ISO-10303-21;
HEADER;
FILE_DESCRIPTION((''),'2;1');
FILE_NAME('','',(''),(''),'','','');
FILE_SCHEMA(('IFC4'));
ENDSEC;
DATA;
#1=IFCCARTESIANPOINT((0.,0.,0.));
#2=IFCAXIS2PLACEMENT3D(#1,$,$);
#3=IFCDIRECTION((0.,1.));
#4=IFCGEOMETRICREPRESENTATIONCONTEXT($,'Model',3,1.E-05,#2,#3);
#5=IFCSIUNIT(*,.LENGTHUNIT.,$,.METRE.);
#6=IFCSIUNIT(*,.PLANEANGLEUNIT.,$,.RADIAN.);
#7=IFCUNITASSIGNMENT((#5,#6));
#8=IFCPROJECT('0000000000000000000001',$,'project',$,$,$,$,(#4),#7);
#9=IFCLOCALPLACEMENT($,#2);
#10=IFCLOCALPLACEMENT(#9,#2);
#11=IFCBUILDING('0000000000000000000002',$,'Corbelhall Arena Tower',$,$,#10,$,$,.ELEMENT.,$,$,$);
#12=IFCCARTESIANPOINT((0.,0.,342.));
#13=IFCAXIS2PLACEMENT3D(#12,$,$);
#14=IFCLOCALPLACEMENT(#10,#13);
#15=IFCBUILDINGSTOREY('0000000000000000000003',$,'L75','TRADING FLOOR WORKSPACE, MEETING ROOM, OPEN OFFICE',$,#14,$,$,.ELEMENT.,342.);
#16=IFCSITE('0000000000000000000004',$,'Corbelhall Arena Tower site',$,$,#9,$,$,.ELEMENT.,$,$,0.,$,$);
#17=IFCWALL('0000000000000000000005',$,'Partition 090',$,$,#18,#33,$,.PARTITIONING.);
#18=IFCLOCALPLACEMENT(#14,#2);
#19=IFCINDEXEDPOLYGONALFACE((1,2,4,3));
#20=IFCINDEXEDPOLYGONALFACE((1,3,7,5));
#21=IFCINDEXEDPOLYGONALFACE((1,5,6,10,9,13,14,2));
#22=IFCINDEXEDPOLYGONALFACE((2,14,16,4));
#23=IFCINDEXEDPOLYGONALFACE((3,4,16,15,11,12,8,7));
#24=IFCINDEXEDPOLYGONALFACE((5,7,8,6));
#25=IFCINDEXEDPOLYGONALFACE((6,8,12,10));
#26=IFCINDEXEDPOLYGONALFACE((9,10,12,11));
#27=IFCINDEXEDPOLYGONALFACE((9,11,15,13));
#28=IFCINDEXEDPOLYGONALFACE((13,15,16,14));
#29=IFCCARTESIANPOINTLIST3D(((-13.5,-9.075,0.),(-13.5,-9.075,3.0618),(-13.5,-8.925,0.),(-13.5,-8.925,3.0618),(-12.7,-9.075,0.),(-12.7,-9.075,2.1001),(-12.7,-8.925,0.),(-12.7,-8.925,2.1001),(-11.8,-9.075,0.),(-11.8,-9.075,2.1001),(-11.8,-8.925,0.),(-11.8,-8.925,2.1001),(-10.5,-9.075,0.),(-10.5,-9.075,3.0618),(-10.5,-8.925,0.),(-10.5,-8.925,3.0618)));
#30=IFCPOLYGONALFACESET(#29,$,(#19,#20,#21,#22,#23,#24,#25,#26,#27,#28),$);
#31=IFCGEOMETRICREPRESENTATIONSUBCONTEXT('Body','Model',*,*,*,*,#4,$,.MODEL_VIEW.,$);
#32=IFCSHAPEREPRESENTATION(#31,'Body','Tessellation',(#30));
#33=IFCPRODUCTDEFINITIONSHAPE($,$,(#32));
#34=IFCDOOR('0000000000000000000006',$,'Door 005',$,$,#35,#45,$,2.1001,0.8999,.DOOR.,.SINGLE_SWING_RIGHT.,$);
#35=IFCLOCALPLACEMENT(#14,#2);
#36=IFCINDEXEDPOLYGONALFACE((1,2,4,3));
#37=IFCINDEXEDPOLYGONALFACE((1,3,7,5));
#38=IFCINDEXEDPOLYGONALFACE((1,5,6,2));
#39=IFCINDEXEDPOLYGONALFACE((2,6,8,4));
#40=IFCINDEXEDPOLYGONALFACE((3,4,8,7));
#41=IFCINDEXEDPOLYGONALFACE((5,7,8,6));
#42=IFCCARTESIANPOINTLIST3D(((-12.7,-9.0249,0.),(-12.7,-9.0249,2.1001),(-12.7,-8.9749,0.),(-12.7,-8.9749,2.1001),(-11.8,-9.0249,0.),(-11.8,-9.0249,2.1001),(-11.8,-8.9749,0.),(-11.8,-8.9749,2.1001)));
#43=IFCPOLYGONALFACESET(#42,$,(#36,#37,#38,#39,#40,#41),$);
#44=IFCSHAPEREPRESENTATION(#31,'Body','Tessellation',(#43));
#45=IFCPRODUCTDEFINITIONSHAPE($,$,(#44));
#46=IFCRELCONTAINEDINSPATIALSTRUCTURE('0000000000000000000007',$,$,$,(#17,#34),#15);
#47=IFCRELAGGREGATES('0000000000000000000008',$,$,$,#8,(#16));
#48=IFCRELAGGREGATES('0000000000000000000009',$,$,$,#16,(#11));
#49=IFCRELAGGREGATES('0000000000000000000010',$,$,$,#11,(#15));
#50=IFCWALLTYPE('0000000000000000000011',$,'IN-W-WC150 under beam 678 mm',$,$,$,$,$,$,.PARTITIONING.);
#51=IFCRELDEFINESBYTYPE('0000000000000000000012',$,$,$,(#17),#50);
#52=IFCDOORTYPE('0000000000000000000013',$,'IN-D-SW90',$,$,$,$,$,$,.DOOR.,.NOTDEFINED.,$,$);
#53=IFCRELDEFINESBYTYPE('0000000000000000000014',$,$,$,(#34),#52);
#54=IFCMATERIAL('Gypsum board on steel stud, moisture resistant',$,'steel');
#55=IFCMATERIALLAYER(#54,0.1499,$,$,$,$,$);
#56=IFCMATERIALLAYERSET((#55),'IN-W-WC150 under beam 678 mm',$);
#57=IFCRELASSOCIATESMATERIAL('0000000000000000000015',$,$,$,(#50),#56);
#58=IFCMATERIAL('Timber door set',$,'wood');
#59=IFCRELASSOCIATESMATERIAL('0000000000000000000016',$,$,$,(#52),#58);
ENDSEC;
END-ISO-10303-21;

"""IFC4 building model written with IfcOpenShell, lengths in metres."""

from ifc_helpers import new_model, si_unit, direction, frame, frame_2d, origin, place, context, subcontext, project, spatial, rectangle, extrude, material, layer, layer_set, type_object, element, fill, save


model = new_model("IFC4")

# Units and contexts
model_context = context("Model", 3, precision=1e-05, world=origin(), true_north=direction((0.0, 1.0)))
body_context = subcontext(model_context, "Body", "Model", "MODEL_VIEW")
ifc_project = project(units=[si_unit("LENGTHUNIT", "METRE"), si_unit("PLANEANGLEUNIT", "RADIAN")], contexts=[model_context])

# Site, building, storey
site_placement = place(None, origin())
site = spatial("IfcSite", under=ifc_project, at=site_placement, Name="Corbelhall Arena Tower site", CompositionType="ELEMENT", RefElevation=0.0)
building_placement = place(site_placement, origin())
building = spatial("IfcBuilding", under=site, at=building_placement, Name="Corbelhall Arena Tower", CompositionType="ELEMENT")
storey_placement = place(building_placement, frame((0.0, 0.0, 342.0)))
storey = spatial("IfcBuildingStorey", under=building, at=storey_placement, Name="L75", Description="TRADING FLOOR WORKSPACE, MEETING ROOM, OPEN OFFICE", CompositionType="ELEMENT", Elevation=342.0)

# Shared definitions
ifc_material_1 = material(Name="Gypsum board on steel stud, moisture resistant", Category="steel")
ifc_layer_1 = layer(ifc_material_1, 0.1499)
ifc_layer_set_1 = layer_set([ifc_layer_1], Name="IN-W-WC150 under beam 678 mm")
wall_type_1 = type_object("IfcWallType", Name="IN-W-WC150 under beam 678 mm", PredefinedType="PARTITIONING", material=ifc_layer_set_1)

# Wall, opening, door
wall_1_placement = place(storey_placement, frame((-10.5, -9.0, 0.0), z_axis=(0.0, 0.0, 1.0), x_axis=(-1.0, 0.0, 0.0)))
wall_1 = element("IfcWall", 1, at=wall_1_placement, inside=storey, type_object=wall_type_1, Name="Partition 090", PredefinedType="PARTITIONING", context=body_context, shape_type="SweptSolid", body=[
    extrude(rectangle(XDim=3.0, YDim=0.1499, at=frame_2d((1.5, 0.0))), origin(), (0.0, 0.0, 1.0), 3.0618),
])
opening_1_placement = place(wall_1_placement, frame((1.3, 0.0, 0.0)))
opening_1 = element("IfcOpeningElement", 2, at=opening_1_placement, cuts=wall_1, PredefinedType="OPENING", context=body_context, shape_type="SweptSolid", body=[
    extrude(rectangle(XDim=0.8999, YDim=2.1001, at=frame_2d((0.45, 1.05))), frame((0.0, 0.075, 0.0), z_axis=(0.0, -1.0, 0.0), x_axis=(1.0, 0.0, 0.0)), (0.0, 0.0, 1.0), 0.1499),
])
ifc_material_2 = material(Name="Timber door set", Category="wood")
door_type_1 = type_object("IfcDoorType", Name="IN-D-SW90", OperationType="NOTDEFINED", PredefinedType="DOOR", material=ifc_material_2)
door_1_placement = place(opening_1_placement, origin())
door_1 = element("IfcDoor", 3, at=door_1_placement, inside=storey, type_object=door_type_1, Name="Door 005", OperationType="SINGLE_SWING_RIGHT", OverallHeight=2.1001, OverallWidth=0.8999, PredefinedType="DOOR", context=body_context, shape_type="SweptSolid", body=[
    extrude(rectangle(XDim=0.8999, YDim=2.1001, at=frame_2d((0.45, 1.05))), frame((0.0, 0.0249, 0.0), z_axis=(0.0, -1.0, 0.0), x_axis=(1.0, 0.0, 0.0)), (0.0, 0.0, 1.0), 0.05),
])
fill(opening_1, door_1)

save(model, "model.ifc")
